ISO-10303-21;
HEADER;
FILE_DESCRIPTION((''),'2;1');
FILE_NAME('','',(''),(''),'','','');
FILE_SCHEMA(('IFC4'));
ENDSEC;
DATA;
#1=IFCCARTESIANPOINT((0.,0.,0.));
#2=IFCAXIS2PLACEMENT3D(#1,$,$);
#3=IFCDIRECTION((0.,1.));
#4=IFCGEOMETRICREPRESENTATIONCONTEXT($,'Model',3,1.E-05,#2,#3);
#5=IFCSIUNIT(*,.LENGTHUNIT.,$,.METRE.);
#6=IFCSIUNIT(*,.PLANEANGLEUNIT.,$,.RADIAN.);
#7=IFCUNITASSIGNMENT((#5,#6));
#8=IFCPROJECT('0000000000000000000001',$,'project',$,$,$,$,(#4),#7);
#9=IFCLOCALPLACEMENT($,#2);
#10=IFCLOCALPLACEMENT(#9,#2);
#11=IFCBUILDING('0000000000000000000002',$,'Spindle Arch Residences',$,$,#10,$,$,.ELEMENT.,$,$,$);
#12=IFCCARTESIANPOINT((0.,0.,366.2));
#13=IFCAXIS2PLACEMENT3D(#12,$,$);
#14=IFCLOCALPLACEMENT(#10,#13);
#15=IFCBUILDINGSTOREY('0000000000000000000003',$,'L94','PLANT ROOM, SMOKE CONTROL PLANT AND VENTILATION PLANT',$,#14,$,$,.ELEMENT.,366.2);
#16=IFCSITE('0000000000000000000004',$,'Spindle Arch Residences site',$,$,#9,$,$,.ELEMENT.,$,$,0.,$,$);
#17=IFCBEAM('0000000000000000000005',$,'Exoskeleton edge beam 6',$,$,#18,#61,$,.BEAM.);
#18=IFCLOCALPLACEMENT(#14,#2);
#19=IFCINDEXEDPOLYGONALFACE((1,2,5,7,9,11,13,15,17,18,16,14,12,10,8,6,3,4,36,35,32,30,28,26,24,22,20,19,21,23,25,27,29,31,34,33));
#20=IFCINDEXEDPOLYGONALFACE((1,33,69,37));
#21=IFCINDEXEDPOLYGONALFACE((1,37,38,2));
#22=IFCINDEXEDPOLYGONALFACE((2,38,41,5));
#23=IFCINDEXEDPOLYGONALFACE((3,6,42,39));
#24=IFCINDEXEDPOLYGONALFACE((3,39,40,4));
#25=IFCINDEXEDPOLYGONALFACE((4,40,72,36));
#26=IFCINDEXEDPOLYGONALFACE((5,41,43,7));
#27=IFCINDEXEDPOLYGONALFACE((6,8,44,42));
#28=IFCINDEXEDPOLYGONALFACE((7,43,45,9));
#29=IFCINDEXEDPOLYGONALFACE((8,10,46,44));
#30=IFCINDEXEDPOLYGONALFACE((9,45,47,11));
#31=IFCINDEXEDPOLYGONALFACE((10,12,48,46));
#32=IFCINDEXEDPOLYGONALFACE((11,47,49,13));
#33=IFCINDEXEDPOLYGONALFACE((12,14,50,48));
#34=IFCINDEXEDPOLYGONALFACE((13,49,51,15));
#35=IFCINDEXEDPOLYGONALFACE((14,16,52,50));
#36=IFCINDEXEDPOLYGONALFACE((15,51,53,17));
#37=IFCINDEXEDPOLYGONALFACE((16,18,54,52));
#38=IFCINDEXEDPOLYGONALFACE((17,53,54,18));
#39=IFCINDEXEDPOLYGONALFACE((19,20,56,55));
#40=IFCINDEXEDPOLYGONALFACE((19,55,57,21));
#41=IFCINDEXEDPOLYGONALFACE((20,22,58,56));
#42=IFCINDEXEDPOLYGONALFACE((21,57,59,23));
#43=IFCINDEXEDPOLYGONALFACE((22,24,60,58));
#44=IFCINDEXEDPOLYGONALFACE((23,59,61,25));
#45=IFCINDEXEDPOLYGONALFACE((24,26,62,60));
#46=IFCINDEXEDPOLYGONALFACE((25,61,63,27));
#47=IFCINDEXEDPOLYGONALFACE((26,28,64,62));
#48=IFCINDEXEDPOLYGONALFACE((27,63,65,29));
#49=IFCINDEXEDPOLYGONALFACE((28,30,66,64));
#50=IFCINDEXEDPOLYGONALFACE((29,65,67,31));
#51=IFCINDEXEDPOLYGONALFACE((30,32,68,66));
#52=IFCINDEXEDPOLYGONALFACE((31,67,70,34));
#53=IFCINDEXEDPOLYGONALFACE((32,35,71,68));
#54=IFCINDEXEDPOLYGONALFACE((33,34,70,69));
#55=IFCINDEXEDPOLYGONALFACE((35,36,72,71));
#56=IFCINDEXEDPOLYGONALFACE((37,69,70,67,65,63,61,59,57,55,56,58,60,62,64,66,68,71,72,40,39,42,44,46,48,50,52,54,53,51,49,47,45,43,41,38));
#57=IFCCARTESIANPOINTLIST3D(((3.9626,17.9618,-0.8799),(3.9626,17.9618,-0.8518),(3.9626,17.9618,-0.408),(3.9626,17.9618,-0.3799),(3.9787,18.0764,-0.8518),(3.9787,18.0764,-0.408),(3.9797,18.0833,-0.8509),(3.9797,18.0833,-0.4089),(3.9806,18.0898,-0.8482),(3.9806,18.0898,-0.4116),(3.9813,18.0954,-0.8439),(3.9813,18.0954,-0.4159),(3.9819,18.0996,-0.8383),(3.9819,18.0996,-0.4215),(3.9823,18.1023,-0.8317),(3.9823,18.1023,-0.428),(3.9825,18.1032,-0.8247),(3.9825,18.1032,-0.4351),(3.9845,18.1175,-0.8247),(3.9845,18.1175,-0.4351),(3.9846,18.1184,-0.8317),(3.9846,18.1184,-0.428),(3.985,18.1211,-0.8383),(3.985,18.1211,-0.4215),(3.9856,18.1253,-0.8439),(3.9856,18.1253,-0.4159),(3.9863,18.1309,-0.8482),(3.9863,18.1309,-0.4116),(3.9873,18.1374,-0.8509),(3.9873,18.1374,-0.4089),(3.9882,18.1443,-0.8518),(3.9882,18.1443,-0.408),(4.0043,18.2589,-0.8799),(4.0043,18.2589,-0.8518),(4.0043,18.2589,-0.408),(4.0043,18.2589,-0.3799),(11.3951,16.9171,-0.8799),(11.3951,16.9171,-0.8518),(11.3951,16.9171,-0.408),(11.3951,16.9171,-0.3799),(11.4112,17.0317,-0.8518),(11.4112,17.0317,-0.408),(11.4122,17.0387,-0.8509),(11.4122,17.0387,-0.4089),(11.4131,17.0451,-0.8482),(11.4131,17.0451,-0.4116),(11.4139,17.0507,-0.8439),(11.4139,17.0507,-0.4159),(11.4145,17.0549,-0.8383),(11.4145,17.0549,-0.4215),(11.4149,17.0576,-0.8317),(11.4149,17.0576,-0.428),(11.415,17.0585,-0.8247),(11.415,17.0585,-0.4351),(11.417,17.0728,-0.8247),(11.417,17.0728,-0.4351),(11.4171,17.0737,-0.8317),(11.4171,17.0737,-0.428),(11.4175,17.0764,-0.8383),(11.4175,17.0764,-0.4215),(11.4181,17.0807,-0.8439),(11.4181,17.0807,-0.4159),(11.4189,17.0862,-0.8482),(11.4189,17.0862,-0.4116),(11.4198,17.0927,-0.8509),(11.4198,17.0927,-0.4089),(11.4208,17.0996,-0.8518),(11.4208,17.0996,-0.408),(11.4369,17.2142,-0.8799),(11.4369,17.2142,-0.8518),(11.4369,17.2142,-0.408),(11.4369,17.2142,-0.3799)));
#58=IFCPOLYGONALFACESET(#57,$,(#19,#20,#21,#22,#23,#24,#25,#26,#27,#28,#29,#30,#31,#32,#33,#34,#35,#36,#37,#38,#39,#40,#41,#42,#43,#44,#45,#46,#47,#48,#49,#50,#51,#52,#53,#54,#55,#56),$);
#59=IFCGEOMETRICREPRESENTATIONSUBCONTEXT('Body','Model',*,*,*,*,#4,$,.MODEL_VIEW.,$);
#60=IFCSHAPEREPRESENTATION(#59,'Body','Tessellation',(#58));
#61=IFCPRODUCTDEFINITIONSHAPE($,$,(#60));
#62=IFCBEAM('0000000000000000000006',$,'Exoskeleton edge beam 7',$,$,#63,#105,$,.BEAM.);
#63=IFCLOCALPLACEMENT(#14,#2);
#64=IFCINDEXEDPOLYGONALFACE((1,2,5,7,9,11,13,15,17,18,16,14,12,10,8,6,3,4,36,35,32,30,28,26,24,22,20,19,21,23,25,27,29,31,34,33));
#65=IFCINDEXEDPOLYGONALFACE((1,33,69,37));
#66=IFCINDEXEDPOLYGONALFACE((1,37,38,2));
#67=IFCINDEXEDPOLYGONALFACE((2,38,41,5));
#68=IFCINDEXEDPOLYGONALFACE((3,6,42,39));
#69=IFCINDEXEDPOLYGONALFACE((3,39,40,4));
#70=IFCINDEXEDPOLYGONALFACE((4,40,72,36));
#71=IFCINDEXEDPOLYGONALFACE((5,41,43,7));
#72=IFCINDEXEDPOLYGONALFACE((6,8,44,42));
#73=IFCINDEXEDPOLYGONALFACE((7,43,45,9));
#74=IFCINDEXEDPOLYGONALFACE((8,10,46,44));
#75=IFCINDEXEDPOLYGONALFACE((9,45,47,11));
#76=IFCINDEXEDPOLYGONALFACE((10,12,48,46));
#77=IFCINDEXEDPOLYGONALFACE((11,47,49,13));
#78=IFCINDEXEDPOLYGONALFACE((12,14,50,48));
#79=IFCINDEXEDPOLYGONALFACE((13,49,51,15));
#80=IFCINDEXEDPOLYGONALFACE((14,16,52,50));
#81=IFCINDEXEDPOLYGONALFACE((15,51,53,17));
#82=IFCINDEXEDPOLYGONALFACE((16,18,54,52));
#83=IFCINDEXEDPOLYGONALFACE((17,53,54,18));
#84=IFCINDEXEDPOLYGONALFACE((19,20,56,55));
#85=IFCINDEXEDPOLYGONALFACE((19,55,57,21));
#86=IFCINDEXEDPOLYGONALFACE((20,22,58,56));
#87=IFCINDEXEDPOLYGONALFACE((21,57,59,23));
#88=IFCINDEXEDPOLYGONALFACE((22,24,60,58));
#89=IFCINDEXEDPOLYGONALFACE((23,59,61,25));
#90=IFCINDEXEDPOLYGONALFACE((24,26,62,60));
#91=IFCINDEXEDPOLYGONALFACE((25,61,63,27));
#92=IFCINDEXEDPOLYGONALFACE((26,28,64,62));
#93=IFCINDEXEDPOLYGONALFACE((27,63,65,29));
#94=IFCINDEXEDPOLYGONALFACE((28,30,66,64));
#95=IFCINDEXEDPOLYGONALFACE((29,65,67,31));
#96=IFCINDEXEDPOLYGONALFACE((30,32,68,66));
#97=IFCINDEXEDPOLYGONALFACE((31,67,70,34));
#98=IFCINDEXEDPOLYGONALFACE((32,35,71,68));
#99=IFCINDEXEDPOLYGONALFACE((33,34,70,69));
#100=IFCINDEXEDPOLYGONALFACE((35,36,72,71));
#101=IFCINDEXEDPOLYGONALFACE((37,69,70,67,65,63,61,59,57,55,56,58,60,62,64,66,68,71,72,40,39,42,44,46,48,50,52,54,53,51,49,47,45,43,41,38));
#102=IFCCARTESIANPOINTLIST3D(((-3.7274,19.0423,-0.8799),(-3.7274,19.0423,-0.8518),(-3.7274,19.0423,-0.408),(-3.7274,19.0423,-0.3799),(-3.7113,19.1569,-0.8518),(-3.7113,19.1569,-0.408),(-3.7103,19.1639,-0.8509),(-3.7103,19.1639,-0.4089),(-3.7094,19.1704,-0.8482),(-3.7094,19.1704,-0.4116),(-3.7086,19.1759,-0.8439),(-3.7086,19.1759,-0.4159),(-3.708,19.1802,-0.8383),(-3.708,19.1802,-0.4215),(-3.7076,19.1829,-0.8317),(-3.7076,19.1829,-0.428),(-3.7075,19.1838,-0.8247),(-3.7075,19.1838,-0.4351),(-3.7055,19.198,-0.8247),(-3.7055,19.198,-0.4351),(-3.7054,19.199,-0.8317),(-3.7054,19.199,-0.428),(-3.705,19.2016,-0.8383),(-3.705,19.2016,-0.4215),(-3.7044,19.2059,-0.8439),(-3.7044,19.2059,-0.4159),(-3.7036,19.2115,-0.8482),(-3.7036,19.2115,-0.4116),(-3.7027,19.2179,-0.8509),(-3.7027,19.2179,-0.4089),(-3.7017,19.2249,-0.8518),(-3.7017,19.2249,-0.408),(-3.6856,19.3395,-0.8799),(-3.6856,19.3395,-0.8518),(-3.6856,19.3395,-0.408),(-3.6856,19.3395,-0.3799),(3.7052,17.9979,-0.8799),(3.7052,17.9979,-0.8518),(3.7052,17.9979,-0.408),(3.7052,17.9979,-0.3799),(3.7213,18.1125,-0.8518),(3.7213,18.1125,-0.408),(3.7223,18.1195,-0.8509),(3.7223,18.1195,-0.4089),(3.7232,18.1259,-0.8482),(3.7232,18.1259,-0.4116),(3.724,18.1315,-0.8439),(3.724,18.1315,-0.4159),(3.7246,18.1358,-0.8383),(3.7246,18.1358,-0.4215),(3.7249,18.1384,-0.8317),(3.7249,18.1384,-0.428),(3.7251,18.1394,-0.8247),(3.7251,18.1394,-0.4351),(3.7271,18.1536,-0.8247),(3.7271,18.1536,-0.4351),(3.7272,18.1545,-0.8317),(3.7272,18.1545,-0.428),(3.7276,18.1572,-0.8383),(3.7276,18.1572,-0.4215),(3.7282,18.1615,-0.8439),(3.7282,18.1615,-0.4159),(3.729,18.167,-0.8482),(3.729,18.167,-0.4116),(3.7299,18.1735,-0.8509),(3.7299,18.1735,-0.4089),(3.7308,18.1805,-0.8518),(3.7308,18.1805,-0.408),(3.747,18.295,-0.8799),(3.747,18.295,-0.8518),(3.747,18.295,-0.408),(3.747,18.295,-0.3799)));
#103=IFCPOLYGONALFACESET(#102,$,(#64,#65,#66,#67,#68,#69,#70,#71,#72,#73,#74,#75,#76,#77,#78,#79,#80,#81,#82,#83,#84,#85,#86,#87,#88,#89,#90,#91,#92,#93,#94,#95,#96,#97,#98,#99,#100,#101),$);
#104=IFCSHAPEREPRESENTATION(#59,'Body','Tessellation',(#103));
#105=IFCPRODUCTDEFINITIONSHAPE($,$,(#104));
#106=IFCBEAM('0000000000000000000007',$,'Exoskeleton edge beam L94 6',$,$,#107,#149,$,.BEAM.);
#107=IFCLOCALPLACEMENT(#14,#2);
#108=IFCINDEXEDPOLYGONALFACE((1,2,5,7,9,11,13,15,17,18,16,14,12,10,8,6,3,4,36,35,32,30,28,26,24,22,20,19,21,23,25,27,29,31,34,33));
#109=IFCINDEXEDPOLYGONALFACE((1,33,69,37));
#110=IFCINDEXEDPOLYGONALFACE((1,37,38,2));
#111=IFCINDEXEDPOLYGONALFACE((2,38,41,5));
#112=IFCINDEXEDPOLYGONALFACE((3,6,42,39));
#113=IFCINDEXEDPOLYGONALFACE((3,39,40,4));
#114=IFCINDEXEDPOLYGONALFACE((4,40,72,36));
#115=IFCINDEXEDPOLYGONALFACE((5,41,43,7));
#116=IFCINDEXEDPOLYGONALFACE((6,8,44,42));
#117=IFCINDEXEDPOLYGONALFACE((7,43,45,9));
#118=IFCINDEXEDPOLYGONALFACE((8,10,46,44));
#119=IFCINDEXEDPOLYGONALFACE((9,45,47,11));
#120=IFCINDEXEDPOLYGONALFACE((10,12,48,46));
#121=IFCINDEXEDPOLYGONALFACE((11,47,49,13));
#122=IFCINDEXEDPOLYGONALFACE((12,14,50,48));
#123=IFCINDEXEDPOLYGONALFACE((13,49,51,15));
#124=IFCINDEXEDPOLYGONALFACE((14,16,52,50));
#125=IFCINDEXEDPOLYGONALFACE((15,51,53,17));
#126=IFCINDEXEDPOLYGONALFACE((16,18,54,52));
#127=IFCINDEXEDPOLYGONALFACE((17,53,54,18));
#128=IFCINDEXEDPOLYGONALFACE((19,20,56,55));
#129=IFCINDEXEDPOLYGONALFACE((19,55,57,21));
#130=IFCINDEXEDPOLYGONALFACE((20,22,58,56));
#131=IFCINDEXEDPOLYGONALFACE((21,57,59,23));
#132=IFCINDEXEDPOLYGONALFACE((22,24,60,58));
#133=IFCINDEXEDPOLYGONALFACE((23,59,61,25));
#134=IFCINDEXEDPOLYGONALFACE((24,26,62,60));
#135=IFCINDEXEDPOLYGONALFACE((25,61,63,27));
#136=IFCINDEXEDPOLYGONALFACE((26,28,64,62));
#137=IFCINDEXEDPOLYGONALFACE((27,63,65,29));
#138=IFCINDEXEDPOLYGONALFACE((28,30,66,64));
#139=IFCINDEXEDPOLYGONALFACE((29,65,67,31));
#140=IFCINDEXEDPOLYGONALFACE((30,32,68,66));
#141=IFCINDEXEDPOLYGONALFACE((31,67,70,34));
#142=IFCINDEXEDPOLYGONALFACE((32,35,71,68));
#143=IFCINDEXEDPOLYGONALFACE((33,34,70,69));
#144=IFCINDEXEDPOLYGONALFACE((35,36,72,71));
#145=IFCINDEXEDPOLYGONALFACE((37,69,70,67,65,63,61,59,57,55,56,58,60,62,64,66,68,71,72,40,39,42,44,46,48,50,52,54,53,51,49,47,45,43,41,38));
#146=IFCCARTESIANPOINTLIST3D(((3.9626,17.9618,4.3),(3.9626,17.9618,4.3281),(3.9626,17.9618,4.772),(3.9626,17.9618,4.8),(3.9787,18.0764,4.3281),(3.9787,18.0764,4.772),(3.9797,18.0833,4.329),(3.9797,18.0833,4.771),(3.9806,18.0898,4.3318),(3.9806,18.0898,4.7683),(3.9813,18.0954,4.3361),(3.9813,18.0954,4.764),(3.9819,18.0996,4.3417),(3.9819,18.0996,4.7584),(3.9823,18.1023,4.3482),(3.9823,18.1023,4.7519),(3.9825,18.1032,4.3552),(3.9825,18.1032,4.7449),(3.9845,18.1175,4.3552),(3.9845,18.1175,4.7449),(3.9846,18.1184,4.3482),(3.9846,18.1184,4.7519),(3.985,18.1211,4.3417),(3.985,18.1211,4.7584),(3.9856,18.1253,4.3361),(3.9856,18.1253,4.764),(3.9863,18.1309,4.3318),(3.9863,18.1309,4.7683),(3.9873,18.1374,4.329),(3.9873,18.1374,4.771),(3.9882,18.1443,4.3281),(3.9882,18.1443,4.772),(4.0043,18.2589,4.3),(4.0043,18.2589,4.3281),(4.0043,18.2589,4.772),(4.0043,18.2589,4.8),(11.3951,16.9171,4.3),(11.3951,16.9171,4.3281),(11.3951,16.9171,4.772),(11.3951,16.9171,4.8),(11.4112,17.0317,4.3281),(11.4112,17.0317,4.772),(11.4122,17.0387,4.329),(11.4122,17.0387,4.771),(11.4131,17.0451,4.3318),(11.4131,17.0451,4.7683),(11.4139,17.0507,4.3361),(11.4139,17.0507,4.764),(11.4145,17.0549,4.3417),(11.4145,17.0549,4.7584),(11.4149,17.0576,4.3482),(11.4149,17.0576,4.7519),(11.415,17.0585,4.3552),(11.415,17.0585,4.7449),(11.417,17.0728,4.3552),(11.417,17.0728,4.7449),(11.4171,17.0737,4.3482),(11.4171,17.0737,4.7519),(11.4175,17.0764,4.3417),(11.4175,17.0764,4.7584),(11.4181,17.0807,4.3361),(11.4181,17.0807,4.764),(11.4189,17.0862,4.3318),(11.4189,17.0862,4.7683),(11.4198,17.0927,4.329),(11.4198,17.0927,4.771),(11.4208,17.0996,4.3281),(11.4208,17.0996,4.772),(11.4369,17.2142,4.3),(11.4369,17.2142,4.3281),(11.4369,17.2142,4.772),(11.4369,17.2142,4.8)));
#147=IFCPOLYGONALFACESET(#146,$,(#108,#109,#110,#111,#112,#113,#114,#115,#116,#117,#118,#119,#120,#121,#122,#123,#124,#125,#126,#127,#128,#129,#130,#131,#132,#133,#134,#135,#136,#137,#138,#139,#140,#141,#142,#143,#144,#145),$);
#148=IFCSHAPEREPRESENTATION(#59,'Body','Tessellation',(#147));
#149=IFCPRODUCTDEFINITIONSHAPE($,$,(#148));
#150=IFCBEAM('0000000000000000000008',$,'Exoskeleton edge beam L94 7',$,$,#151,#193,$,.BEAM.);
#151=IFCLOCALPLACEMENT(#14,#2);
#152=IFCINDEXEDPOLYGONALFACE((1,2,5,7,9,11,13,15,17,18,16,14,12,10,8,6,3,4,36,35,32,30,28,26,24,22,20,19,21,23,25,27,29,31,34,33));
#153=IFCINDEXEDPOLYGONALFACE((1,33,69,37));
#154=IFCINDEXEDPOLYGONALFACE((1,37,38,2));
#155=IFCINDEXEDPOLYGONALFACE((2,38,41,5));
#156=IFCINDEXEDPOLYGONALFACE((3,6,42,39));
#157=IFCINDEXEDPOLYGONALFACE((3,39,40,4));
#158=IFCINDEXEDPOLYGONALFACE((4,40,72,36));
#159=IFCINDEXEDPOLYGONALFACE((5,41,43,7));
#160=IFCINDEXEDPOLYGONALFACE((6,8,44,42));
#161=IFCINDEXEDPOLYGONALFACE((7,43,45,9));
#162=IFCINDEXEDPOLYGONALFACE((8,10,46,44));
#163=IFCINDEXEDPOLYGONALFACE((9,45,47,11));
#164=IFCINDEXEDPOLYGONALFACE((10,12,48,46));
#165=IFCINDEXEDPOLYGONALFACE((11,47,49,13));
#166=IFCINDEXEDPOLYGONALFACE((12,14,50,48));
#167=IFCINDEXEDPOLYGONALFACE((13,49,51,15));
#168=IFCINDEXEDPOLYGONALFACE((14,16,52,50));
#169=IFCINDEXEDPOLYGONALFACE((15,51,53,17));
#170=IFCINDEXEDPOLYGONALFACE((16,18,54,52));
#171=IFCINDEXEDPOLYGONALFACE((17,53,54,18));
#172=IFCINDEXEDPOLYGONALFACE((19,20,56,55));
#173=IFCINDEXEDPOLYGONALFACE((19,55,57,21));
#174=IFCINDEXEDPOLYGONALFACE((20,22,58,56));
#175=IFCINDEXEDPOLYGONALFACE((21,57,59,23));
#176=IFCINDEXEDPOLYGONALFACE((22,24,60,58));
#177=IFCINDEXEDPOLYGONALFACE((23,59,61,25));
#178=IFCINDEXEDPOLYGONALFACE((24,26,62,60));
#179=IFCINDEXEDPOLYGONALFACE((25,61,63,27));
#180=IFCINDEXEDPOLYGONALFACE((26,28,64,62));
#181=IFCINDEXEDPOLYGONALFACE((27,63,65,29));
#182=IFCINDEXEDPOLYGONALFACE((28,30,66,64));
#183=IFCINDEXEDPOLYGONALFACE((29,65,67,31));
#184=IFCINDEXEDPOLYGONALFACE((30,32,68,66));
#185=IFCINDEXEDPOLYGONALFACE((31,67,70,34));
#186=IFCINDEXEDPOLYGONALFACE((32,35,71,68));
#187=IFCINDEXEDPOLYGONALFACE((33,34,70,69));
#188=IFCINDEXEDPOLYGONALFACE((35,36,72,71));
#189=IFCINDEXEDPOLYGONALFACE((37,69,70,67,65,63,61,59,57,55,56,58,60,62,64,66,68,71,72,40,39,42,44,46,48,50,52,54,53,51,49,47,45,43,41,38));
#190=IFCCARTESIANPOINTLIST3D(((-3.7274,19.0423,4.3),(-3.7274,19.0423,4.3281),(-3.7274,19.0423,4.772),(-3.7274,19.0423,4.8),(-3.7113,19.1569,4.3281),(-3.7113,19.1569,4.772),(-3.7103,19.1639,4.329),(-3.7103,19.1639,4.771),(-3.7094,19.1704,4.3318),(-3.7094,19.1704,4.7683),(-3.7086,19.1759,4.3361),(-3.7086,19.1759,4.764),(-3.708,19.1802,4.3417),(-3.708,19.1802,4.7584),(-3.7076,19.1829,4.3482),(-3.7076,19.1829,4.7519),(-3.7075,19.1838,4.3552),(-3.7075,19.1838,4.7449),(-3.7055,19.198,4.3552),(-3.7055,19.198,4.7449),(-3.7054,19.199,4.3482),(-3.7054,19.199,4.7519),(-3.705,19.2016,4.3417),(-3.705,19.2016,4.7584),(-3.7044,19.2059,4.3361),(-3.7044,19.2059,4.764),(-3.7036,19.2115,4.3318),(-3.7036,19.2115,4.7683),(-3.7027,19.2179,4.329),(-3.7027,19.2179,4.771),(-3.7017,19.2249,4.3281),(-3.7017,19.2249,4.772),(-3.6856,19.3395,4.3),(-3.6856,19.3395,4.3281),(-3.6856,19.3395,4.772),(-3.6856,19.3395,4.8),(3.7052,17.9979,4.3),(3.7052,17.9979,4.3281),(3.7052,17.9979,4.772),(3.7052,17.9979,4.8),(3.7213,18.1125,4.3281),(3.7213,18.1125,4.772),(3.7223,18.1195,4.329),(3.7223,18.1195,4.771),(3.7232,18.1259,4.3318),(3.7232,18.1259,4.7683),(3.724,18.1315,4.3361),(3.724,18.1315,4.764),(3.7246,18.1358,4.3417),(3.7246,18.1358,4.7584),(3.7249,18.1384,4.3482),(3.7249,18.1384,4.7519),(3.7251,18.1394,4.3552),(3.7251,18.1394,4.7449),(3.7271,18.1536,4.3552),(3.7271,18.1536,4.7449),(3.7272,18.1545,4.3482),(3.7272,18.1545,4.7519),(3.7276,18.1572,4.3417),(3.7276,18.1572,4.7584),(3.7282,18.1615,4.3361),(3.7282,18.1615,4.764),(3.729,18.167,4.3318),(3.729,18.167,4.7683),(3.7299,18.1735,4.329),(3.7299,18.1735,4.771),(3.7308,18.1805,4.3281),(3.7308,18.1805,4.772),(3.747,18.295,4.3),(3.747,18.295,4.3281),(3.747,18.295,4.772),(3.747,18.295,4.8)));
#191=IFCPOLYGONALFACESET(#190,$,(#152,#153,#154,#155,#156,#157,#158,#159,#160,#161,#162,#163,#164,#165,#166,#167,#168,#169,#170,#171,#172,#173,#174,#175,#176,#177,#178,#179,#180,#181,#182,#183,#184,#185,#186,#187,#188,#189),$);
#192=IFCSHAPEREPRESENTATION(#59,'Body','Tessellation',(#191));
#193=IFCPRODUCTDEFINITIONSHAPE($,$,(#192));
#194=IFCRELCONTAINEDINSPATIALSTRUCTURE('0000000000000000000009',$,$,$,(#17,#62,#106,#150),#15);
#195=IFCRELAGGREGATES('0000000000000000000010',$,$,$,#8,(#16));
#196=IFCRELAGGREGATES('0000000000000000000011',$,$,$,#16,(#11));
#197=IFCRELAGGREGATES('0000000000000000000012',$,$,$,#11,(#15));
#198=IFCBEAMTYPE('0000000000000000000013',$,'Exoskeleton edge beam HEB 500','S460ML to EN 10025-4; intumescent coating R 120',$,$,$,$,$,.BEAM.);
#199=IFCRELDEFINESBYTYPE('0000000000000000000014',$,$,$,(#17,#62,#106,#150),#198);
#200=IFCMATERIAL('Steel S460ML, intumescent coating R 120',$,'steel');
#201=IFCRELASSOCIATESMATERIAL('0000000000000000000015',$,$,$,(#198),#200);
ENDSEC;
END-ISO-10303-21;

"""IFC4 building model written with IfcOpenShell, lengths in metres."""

from ifc_helpers import new_model, si_unit, direction, frame, origin, origin_2d, place, context, subcontext, project, spatial, i_section, extrude, material, material_profile, profile_set, type_object, element, save


model = new_model("IFC4")

# Units and contexts
model_context = context("Model", 3, precision=1e-05, world=origin(), true_north=direction((0.0, 1.0)))
body_context = subcontext(model_context, "Body", "Model", "MODEL_VIEW")
ifc_project = project(units=[si_unit("LENGTHUNIT", "METRE"), si_unit("PLANEANGLEUNIT", "RADIAN")], contexts=[model_context])

# Site, building, storey
site_placement = place(None, origin())
site = spatial("IfcSite", under=ifc_project, at=site_placement, Name="Spindle Arch Residences site", CompositionType="ELEMENT", RefElevation=0.0)
building_placement = place(site_placement, origin())
building = spatial("IfcBuilding", under=site, at=building_placement, Name="Spindle Arch Residences", CompositionType="ELEMENT")
storey_placement = place(building_placement, frame((0.0, 0.0, 366.2)))
storey = spatial("IfcBuildingStorey", under=building, at=storey_placement, Name="L94", Description="PLANT ROOM, SMOKE CONTROL PLANT AND VENTILATION PLANT", CompositionType="ELEMENT", Elevation=366.2)

# Beams
ifc_material_1 = material(Name="Steel S460ML, intumescent coating R 120", Category="steel")
ifc_material_profile_1 = material_profile(ifc_material_1, i_section(OverallWidth=0.3, OverallDepth=0.5, WebThickness=0.0144, FlangeThickness=0.0281, FilletRadius=0.0271, at=origin_2d()), Name="HEB 500")
ifc_profile_set_1 = profile_set([ifc_material_profile_1], Name="Steel S460ML, intumescent coating R 120")
beam_type_1 = type_object("IfcBeamType", Name="Exoskeleton edge beam HEB 500", Description="S460ML to EN 10025-4; intumescent coating R 120", PredefinedType="BEAM", material=ifc_profile_set_1)
for number, where, z_axis, x_axis, name in (
    (1, (11.416, 17.0657, -0.6299), (-0.990266, 0.139185, 0.0), (-0.139185, -0.990266, 0.0), "Exoskeleton edge beam 6"),
    (2, (3.7261, 18.1465, -0.6299), (-0.990271, 0.139153, 0.0), (-0.139153, -0.990271, 0.0), "Exoskeleton edge beam 7"),
    (3, (11.416, 17.0657, 4.55), (-0.990266, 0.139185, 0.0), (-0.139185, -0.990266, 0.0), "Exoskeleton edge beam L94 6"),
    (4, (3.7261, 18.1465, 4.55), (-0.990271, 0.139153, 0.0), (-0.139153, -0.990271, 0.0), "Exoskeleton edge beam L94 7"),
):
    element("IfcBeam", number, at=place(storey_placement, frame(where, z_axis=z_axis, x_axis=x_axis)), inside=storey, type_object=beam_type_1, Name=name, PredefinedType="BEAM", context=body_context, shape_type="SweptSolid", body=[
        extrude(i_section(OverallWidth=0.3, OverallDepth=0.5, WebThickness=0.0144, FlangeThickness=0.0281, FilletRadius=0.0271, at=origin_2d()), origin(), (0.0, 0.0, 1.0), 7.5056),
    ])

save(model, "model.ifc")
